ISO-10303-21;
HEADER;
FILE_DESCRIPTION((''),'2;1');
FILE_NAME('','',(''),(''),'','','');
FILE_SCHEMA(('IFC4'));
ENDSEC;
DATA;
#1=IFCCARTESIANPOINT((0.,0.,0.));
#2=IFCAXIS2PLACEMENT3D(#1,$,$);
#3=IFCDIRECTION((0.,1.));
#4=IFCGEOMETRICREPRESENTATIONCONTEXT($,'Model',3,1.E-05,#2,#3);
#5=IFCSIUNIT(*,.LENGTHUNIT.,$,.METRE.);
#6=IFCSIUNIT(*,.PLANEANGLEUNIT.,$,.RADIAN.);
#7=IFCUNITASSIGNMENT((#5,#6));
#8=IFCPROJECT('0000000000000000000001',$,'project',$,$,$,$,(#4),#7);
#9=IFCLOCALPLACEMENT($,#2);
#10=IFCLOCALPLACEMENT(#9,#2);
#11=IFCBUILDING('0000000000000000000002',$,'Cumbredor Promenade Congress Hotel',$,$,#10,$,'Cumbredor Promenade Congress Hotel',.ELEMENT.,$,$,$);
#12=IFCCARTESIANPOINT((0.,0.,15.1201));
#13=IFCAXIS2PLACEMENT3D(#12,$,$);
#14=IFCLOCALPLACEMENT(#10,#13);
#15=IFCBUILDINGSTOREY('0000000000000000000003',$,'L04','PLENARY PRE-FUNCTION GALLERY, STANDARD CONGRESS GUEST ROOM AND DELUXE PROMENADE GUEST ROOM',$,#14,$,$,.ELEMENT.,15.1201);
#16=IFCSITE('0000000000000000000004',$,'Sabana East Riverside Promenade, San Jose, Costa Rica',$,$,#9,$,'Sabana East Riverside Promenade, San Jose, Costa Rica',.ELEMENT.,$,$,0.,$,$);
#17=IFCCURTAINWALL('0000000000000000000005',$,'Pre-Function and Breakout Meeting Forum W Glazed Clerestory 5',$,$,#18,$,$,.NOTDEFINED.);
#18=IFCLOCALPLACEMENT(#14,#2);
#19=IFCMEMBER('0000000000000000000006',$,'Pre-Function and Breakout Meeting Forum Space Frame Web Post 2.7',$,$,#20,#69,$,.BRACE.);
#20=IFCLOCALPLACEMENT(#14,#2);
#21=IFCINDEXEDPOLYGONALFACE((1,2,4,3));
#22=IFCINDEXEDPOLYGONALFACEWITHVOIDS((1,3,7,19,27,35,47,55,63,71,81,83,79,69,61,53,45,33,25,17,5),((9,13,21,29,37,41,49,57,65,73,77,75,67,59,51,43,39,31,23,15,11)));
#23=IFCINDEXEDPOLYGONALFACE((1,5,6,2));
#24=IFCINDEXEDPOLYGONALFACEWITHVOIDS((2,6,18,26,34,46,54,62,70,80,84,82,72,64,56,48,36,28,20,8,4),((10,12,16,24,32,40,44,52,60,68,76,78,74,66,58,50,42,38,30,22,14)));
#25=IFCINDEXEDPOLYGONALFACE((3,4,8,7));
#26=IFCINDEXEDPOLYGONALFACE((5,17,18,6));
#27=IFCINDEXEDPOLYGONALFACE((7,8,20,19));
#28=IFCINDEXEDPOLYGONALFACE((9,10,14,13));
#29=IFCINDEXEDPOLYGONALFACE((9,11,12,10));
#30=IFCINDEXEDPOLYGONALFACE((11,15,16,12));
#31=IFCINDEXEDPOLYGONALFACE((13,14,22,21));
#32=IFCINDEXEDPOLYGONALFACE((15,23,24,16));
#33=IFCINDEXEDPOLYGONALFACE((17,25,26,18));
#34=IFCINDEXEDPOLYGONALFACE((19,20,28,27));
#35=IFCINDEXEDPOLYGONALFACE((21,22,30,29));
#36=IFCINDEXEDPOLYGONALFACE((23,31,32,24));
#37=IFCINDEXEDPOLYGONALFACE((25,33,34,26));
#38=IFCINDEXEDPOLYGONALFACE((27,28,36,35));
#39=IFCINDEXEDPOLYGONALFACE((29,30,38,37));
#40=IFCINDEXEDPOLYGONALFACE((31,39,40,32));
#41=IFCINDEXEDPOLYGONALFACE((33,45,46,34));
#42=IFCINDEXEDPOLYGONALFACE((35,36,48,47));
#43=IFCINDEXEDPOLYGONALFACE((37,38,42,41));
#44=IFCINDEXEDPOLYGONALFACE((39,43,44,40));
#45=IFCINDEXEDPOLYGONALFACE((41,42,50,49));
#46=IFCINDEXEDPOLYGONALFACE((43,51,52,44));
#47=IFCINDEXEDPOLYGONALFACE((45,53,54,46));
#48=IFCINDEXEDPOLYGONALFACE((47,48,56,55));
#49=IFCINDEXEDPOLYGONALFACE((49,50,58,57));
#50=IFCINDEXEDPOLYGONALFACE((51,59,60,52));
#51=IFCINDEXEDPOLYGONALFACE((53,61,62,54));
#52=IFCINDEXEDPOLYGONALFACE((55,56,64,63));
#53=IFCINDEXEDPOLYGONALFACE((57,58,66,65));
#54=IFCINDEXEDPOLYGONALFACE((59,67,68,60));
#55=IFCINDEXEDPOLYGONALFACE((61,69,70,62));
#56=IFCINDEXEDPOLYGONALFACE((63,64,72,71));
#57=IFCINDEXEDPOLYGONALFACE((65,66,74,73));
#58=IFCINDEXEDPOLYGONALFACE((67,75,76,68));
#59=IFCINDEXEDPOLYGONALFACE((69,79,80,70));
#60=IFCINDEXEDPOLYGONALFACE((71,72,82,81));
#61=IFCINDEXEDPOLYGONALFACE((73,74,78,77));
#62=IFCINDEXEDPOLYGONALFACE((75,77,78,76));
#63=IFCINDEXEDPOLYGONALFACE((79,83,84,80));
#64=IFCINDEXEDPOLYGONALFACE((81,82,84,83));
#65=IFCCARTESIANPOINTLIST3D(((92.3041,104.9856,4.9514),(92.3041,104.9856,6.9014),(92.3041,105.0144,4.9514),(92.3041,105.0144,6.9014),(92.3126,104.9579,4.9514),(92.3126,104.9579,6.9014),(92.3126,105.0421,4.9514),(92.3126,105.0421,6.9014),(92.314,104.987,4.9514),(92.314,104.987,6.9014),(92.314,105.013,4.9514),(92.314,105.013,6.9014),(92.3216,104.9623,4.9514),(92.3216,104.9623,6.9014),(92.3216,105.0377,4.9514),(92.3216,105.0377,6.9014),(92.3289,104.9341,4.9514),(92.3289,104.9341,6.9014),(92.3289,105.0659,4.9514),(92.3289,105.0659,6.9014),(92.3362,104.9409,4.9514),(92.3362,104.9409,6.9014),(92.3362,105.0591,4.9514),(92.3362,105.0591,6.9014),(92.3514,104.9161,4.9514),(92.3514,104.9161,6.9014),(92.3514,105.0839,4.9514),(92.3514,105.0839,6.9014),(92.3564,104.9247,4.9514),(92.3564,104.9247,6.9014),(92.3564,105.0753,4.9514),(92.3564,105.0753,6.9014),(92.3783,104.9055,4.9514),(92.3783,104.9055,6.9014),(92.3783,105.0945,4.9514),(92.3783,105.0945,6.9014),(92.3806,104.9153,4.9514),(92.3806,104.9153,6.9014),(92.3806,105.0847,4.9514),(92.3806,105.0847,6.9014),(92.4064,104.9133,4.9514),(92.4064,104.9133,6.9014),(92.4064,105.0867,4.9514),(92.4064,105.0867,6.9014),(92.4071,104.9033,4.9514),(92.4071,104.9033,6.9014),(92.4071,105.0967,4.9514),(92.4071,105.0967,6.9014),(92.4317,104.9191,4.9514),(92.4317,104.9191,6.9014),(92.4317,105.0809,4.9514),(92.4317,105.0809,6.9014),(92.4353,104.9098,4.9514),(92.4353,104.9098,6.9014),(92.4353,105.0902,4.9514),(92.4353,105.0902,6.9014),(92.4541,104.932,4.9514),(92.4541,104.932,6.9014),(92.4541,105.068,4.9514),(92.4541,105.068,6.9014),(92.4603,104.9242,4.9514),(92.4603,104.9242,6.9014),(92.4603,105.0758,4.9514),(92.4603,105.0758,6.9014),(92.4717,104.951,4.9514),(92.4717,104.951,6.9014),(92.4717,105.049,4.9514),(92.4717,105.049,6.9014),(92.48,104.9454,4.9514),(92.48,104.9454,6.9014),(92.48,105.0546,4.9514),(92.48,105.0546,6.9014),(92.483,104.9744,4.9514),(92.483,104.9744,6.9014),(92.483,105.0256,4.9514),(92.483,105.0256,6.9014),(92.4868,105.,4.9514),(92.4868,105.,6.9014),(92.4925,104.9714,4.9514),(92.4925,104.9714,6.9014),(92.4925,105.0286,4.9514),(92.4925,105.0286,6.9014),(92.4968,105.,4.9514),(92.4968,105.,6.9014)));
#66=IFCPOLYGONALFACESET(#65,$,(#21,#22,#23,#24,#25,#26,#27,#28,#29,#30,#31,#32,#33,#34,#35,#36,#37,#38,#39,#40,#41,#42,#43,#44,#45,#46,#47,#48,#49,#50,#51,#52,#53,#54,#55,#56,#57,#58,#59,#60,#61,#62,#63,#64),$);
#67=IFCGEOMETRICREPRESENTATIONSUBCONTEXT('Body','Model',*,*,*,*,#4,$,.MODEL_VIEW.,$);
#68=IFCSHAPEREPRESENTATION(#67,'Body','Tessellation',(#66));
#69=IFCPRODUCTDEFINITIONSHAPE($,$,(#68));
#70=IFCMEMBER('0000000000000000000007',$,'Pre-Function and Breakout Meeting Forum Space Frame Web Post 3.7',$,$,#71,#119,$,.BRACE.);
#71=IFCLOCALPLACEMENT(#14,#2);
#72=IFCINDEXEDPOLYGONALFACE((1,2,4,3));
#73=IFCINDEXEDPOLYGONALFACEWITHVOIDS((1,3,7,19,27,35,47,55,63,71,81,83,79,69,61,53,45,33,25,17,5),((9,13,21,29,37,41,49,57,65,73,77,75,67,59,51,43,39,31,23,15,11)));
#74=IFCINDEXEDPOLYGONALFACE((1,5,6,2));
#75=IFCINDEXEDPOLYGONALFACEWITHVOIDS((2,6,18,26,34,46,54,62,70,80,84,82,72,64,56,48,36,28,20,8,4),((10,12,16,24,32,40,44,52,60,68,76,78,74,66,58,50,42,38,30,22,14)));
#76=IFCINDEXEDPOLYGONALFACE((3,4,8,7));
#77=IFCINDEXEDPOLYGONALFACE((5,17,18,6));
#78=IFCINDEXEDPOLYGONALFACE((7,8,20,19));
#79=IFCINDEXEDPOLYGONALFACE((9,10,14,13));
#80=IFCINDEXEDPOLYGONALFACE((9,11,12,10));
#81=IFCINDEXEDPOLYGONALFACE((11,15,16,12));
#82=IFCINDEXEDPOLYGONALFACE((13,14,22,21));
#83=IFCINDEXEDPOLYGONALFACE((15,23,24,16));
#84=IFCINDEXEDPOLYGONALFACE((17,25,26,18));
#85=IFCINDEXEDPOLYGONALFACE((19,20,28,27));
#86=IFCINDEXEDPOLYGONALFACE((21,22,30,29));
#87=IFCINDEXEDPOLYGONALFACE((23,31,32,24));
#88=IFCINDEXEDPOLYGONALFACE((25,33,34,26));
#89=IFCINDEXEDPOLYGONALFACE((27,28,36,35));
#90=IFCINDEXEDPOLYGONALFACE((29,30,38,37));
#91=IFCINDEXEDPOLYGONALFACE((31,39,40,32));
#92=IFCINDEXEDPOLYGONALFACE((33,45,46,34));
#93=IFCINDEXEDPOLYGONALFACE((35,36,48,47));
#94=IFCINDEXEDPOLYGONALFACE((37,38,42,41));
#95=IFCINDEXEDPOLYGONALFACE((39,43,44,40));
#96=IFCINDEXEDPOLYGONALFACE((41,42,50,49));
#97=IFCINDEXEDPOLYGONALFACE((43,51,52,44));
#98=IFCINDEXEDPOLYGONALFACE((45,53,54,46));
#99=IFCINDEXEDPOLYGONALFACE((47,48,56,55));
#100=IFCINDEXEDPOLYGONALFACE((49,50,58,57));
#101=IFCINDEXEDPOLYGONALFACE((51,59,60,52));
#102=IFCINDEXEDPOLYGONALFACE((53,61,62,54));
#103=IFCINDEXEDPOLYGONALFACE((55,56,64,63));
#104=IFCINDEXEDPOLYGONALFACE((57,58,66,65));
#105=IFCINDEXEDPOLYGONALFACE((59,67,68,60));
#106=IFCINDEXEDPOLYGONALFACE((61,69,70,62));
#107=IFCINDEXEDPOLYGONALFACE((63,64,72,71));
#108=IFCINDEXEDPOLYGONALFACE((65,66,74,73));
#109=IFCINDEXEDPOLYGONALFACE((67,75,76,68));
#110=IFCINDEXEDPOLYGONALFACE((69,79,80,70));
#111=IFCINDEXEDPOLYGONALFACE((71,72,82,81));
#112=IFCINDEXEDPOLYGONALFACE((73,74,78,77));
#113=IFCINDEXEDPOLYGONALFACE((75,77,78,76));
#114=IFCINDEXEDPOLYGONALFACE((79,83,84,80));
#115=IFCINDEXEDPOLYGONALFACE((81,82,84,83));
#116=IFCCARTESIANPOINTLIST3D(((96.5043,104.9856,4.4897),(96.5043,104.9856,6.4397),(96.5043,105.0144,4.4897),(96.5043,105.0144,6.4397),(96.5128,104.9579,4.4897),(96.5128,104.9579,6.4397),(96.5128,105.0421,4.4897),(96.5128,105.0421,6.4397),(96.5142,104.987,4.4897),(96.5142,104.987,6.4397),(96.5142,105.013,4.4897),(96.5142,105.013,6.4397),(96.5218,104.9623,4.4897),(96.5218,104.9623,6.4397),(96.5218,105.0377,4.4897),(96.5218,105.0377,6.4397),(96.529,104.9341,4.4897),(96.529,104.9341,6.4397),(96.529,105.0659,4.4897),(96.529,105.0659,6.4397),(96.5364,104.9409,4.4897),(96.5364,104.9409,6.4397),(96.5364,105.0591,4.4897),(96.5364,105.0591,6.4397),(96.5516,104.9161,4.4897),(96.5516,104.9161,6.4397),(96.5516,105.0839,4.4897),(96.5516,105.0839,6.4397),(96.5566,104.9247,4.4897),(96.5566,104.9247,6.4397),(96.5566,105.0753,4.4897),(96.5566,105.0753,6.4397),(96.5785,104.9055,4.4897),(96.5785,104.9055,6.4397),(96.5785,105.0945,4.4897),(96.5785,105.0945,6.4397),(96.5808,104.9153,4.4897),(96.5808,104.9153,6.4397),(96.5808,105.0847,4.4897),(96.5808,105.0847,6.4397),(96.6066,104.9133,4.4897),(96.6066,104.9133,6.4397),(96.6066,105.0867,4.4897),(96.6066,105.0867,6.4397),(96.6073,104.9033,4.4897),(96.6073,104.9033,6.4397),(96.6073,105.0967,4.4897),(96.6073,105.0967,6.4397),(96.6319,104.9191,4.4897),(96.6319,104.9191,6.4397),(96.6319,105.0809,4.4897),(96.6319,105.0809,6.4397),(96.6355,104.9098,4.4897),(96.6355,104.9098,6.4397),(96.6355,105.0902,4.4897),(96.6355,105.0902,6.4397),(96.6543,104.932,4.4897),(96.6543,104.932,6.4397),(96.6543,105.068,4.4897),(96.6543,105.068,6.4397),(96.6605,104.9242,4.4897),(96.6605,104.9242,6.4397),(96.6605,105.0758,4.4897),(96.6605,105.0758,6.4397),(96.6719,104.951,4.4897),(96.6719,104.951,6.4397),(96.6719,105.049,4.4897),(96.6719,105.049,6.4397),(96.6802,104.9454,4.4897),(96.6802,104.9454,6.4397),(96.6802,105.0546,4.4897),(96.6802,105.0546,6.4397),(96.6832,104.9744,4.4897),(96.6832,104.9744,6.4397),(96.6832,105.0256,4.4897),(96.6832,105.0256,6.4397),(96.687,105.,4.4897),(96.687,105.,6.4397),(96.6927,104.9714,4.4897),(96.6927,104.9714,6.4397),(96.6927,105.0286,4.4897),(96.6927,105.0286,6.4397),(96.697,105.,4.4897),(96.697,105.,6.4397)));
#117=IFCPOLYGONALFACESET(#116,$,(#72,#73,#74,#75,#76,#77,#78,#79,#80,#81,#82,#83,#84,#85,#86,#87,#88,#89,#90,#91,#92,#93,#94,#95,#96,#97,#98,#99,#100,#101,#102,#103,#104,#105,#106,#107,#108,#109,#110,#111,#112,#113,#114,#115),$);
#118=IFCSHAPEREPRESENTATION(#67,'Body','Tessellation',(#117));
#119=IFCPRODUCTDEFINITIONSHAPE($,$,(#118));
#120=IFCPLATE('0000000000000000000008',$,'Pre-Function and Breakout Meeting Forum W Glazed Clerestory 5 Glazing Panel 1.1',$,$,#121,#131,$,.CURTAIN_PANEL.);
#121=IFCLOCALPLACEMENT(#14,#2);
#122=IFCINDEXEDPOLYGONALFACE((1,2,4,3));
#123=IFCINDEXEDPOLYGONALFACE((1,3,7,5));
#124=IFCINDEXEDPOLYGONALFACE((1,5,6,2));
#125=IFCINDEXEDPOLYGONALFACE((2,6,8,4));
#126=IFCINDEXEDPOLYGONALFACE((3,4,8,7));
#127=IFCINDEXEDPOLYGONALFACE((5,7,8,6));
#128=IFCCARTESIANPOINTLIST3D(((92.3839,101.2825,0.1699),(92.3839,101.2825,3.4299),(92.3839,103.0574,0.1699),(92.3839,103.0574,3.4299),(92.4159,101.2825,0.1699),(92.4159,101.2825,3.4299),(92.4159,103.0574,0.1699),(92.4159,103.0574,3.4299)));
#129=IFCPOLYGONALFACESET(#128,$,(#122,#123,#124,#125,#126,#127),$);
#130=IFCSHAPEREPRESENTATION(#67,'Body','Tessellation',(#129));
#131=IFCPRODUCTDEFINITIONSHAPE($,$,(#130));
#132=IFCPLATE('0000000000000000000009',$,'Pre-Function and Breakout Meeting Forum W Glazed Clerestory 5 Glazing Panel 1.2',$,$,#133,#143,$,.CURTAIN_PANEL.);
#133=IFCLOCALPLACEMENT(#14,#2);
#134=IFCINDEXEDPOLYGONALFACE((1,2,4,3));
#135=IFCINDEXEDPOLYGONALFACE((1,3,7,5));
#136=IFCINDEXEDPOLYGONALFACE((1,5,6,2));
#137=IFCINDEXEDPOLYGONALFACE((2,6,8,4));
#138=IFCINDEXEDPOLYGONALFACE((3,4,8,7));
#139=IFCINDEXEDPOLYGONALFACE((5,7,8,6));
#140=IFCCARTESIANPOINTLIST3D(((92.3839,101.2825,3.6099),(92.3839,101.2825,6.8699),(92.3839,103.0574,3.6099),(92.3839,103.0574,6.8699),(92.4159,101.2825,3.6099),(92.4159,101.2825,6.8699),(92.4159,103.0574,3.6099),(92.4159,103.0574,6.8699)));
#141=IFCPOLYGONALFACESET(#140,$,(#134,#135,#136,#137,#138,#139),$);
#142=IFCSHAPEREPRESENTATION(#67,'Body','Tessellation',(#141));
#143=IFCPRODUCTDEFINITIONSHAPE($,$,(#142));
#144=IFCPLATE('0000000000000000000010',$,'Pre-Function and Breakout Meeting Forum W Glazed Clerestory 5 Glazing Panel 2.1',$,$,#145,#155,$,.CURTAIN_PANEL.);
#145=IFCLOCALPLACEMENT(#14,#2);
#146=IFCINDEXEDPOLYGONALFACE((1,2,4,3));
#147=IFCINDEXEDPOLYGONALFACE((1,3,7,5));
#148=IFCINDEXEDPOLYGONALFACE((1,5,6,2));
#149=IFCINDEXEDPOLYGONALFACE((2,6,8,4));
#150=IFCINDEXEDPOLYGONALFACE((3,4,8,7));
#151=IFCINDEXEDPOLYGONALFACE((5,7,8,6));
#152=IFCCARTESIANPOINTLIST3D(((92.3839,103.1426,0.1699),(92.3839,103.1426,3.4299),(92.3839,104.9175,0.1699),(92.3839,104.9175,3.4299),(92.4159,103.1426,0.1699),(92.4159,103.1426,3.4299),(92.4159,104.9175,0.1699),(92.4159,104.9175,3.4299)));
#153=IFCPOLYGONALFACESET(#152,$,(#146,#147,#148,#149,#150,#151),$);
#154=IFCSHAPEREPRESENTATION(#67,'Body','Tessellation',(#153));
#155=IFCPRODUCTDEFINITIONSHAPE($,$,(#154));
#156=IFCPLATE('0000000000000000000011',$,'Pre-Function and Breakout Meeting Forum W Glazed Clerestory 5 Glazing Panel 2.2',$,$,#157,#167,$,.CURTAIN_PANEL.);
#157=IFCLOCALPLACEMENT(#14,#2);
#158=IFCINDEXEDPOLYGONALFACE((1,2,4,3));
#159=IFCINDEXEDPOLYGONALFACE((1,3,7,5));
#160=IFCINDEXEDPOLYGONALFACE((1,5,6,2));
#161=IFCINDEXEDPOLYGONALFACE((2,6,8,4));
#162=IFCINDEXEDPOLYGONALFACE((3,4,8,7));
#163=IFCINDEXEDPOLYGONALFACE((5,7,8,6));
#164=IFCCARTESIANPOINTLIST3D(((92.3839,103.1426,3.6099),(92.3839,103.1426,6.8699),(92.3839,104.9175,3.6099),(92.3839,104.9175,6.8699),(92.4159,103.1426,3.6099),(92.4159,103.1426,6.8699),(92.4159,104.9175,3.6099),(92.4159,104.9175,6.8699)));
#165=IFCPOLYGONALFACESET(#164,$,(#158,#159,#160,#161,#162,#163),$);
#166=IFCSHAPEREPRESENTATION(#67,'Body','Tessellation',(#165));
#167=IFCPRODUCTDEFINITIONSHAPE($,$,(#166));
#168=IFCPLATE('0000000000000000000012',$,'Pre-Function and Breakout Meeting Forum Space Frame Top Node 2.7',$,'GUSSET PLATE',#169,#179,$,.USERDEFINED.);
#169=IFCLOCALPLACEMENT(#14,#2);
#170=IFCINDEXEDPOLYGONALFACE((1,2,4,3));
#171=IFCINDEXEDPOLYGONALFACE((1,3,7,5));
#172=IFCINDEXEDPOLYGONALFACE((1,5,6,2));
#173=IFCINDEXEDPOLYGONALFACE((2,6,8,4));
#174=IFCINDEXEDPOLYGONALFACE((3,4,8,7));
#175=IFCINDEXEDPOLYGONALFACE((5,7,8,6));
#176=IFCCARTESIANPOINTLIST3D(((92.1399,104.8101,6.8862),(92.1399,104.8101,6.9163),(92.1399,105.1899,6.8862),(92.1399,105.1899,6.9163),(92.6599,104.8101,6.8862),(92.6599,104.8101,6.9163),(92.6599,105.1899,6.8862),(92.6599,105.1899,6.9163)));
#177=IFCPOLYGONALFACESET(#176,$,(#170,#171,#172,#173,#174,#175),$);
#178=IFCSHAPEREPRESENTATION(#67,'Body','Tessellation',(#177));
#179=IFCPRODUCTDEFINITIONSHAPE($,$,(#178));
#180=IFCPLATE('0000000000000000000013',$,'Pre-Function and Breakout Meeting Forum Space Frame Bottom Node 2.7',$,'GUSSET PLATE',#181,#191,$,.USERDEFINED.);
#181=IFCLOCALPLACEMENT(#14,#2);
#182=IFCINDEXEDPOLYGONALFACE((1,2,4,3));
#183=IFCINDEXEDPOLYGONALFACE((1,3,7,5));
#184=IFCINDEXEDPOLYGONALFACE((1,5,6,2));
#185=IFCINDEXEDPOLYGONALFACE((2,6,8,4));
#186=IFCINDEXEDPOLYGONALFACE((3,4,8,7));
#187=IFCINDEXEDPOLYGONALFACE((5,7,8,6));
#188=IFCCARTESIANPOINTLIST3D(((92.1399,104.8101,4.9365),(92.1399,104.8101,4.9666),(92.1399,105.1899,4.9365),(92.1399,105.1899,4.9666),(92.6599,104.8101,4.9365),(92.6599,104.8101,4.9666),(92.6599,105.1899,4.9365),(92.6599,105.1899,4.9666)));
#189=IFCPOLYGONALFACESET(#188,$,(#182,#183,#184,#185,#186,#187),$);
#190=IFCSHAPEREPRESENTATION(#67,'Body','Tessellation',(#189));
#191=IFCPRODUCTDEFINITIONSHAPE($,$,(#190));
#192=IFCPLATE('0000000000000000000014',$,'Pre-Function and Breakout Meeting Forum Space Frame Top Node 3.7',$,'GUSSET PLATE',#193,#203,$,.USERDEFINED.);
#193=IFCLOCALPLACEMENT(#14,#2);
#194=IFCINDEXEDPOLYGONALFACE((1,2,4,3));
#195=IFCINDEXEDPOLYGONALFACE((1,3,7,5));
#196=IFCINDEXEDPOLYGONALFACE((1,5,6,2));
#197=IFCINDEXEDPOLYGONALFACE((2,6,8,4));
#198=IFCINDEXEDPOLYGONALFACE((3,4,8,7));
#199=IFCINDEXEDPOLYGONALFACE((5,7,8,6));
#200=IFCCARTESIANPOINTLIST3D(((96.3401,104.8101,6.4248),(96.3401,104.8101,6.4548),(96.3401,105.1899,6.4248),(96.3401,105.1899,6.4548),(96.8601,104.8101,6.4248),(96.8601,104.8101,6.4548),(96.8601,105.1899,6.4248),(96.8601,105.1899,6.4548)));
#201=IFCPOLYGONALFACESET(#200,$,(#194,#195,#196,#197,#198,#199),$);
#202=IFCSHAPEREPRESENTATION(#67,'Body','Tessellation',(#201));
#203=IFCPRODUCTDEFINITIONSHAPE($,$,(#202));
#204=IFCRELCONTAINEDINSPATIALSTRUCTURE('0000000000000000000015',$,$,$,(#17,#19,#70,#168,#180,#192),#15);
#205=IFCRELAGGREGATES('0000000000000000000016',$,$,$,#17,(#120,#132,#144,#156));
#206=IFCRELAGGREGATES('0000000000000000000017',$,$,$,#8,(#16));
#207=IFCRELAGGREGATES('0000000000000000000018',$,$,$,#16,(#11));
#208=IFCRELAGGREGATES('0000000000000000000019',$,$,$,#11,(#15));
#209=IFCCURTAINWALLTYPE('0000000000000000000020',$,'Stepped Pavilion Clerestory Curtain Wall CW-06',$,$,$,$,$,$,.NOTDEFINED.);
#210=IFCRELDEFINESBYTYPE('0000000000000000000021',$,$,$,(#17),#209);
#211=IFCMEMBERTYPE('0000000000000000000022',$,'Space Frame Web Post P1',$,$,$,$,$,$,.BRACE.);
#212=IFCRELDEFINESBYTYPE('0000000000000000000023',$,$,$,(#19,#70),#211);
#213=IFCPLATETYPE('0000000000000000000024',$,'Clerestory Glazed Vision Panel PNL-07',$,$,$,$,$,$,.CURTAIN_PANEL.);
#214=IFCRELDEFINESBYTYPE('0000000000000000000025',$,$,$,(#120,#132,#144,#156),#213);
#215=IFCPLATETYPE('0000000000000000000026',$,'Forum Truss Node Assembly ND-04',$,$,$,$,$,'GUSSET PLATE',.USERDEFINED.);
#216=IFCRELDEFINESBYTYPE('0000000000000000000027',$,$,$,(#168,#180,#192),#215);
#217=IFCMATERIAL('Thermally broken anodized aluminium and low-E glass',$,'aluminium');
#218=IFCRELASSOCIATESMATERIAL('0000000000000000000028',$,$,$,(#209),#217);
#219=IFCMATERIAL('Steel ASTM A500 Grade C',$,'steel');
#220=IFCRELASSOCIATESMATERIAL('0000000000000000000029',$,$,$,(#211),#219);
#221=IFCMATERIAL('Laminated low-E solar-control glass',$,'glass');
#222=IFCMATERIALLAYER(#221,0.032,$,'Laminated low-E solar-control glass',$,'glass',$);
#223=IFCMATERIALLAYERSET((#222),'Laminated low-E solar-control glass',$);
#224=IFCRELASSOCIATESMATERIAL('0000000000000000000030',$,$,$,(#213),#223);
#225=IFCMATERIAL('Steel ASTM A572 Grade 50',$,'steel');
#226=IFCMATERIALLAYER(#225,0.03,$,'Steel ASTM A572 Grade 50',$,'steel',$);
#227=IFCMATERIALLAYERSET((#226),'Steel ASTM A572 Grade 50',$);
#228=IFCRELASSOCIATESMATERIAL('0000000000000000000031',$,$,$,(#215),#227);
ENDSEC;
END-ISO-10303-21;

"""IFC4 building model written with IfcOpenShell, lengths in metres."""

from ifc_helpers import new_model, si_unit, direction, frame, origin, origin_2d, place, context, subcontext, project, spatial, rectangle, hollow_circle, extrude, material, layer, layer_set, material_profile, profile_set, type_object, element, aggregate, save


model = new_model("IFC4")

# Units and contexts
model_context = context("Model", 3, precision=1e-05, world=origin(), true_north=direction((0.0, 1.0)))
body_context = subcontext(model_context, "Body", "Model", "MODEL_VIEW")
ifc_project = project(units=[si_unit("LENGTHUNIT", "METRE"), si_unit("PLANEANGLEUNIT", "RADIAN")], contexts=[model_context])

# Site, building, storey
site_placement = place(None, origin())
site = spatial("IfcSite", under=ifc_project, at=site_placement, Name="Sabana East Riverside Promenade, San Jose, Costa Rica", LongName="Sabana East Riverside Promenade, San Jose, Costa Rica", CompositionType="ELEMENT", RefElevation=0.0)
building_placement = place(site_placement, origin())
building = spatial("IfcBuilding", under=site, at=building_placement, Name="Cumbredor Promenade Congress Hotel", LongName="Cumbredor Promenade Congress Hotel", CompositionType="ELEMENT")
storey_placement = place(building_placement, frame((0.0, 0.0, 15.1201)))
storey = spatial("IfcBuildingStorey", under=building, at=storey_placement, Name="L04", Description="PLENARY PRE-FUNCTION GALLERY, STANDARD CONGRESS GUEST ROOM AND DELUXE PROMENADE GUEST ROOM", CompositionType="ELEMENT", Elevation=15.1201)

# Curtain wall
ifc_material_1 = material(Name="Thermally broken anodized aluminium and low-E glass", Category="aluminium")
curtain_wall_type = type_object("IfcCurtainWallType", Name="Stepped Pavilion Clerestory Curtain Wall CW-06", PredefinedType="NOTDEFINED", material=ifc_material_1)
curtain_wall_placement = place(storey_placement, origin())
curtain_wall = element("IfcCurtainWall", 1, at=curtain_wall_placement, inside=storey, type_object=curtain_wall_type, Name="Pre-Function and Breakout Meeting Forum W Glazed Clerestory 5", PredefinedType="NOTDEFINED")

# Members
ifc_material_2 = material(Name="Steel ASTM A500 Grade C", Category="steel")
ifc_material_profile_1 = material_profile(ifc_material_2, hollow_circle(Radius=0.0969, WallThickness=0.01, at=origin_2d()), Name="CHS 193.7x10")
ifc_profile_set_1 = profile_set([ifc_material_profile_1], Name="Steel ASTM A500 Grade C")
member_type_1 = type_object("IfcMemberType", Name="Space Frame Web Post P1", PredefinedType="BRACE", material=ifc_profile_set_1)
for number, where, z_axis, x_axis, name in (
    (2, (92.3999, 105.0, 4.9514), (0.0, 0.0, 1.0), (1.0, 0.0, 0.0), "Pre-Function and Breakout Meeting Forum Space Frame Web Post 2.7"),
    (3, (96.6001, 105.0, 4.4897), (0.0, 0.0, 1.0), (1.0, 0.0, 0.0), "Pre-Function and Breakout Meeting Forum Space Frame Web Post 3.7"),
):
    element("IfcMember", number, at=place(storey_placement, frame(where, z_axis=z_axis, x_axis=x_axis)), inside=storey, type_object=member_type_1, Name=name, PredefinedType="BRACE", context=body_context, shape_type="SweptSolid", body=[
        extrude(hollow_circle(Radius=0.0969, WallThickness=0.01, at=origin_2d()), origin(), (0.0, 0.0, 1.0), 1.95),
    ])

# Plates
ifc_material_3 = material(Name="Laminated low-E solar-control glass", Category="glass")
ifc_layer_1 = layer(ifc_material_3, 0.032, Name="Laminated low-E solar-control glass", Category="glass")
ifc_layer_set_1 = layer_set([ifc_layer_1], Name="Laminated low-E solar-control glass")
plate_type_1 = type_object("IfcPlateType", Name="Clerestory Glazed Vision Panel PNL-07", PredefinedType="CURTAIN_PANEL", material=ifc_layer_set_1)
plate_1_placement = place(storey_placement, frame((92.3999, 102.1699, 0.1699), z_axis=(0.0, 0.0, 1.0), x_axis=(0.0, 1.0, 0.0)))
plate_1 = element("IfcPlate", 4, at=plate_1_placement, type_object=plate_type_1, Name="Pre-Function and Breakout Meeting Forum W Glazed Clerestory 5 Glazing Panel 1.1", PredefinedType="CURTAIN_PANEL", context=body_context, shape_type="SweptSolid", body=[
    extrude(rectangle(XDim=1.7749, YDim=0.032, at=origin_2d()), origin(), (0.0, 0.0, 1.0), 3.26),
])
plate_2_placement = place(storey_placement, frame((92.3999, 102.1699, 3.6099), z_axis=(0.0, 0.0, 1.0), x_axis=(0.0, 1.0, 0.0)))
plate_2 = element("IfcPlate", 5, at=plate_2_placement, type_object=plate_type_1, Name="Pre-Function and Breakout Meeting Forum W Glazed Clerestory 5 Glazing Panel 1.2", PredefinedType="CURTAIN_PANEL", context=body_context, shape_type="SweptSolid", body=[
    extrude(rectangle(XDim=1.7749, YDim=0.032, at=origin_2d()), origin(), (0.0, 0.0, 1.0), 3.26),
])
plate_3_placement = place(storey_placement, frame((92.3999, 104.03, 0.1699), z_axis=(0.0, 0.0, 1.0), x_axis=(0.0, 1.0, 0.0)))
plate_3 = element("IfcPlate", 6, at=plate_3_placement, type_object=plate_type_1, Name="Pre-Function and Breakout Meeting Forum W Glazed Clerestory 5 Glazing Panel 2.1", PredefinedType="CURTAIN_PANEL", context=body_context, shape_type="SweptSolid", body=[
    extrude(rectangle(XDim=1.7749, YDim=0.032, at=origin_2d()), origin(), (0.0, 0.0, 1.0), 3.26),
])
plate_4_placement = place(storey_placement, frame((92.3999, 104.03, 3.6099), z_axis=(0.0, 0.0, 1.0), x_axis=(0.0, 1.0, 0.0)))
plate_4 = element("IfcPlate", 7, at=plate_4_placement, type_object=plate_type_1, Name="Pre-Function and Breakout Meeting Forum W Glazed Clerestory 5 Glazing Panel 2.2", PredefinedType="CURTAIN_PANEL", context=body_context, shape_type="SweptSolid", body=[
    extrude(rectangle(XDim=1.7749, YDim=0.032, at=origin_2d()), origin(), (0.0, 0.0, 1.0), 3.26),
])
aggregate(curtain_wall, [plate_1, plate_2, plate_3, plate_4])

# Plates
ifc_material_4 = material(Name="Steel ASTM A572 Grade 50", Category="steel")
ifc_layer_2 = layer(ifc_material_4, 0.03, Name="Steel ASTM A572 Grade 50", Category="steel")
ifc_layer_set_2 = layer_set([ifc_layer_2], Name="Steel ASTM A572 Grade 50")
plate_type_2 = type_object("IfcPlateType", Name="Forum Truss Node Assembly ND-04", ElementType="GUSSET PLATE", PredefinedType="USERDEFINED", material=ifc_layer_set_2)
for number, where, z_axis, x_axis, name in (
    (8, (92.3999, 105.0, 6.8862), (0.0, 0.0, 1.0), (1.0, 0.0, 0.0), "Pre-Function and Breakout Meeting Forum Space Frame Top Node 2.7"),
    (9, (92.3999, 105.0, 4.9365), (0.0, 0.0, 1.0), (1.0, 0.0, 0.0), "Pre-Function and Breakout Meeting Forum Space Frame Bottom Node 2.7"),
    (10, (96.6001, 105.0, 6.4248), (0.0, 0.0, 1.0), (1.0, 0.0, 0.0), "Pre-Function and Breakout Meeting Forum Space Frame Top Node 3.7"),
):
    element("IfcPlate", number, at=place(storey_placement, frame(where, z_axis=z_axis, x_axis=x_axis)), inside=storey, type_object=plate_type_2, Name=name, ObjectType="GUSSET PLATE", PredefinedType="USERDEFINED", context=body_context, shape_type="SweptSolid", body=[
        extrude(rectangle(XDim=0.52, YDim=0.3799, at=origin_2d()), origin(), (0.0, 0.0, 1.0), 0.03),
    ])

save(model, "model.ifc")
